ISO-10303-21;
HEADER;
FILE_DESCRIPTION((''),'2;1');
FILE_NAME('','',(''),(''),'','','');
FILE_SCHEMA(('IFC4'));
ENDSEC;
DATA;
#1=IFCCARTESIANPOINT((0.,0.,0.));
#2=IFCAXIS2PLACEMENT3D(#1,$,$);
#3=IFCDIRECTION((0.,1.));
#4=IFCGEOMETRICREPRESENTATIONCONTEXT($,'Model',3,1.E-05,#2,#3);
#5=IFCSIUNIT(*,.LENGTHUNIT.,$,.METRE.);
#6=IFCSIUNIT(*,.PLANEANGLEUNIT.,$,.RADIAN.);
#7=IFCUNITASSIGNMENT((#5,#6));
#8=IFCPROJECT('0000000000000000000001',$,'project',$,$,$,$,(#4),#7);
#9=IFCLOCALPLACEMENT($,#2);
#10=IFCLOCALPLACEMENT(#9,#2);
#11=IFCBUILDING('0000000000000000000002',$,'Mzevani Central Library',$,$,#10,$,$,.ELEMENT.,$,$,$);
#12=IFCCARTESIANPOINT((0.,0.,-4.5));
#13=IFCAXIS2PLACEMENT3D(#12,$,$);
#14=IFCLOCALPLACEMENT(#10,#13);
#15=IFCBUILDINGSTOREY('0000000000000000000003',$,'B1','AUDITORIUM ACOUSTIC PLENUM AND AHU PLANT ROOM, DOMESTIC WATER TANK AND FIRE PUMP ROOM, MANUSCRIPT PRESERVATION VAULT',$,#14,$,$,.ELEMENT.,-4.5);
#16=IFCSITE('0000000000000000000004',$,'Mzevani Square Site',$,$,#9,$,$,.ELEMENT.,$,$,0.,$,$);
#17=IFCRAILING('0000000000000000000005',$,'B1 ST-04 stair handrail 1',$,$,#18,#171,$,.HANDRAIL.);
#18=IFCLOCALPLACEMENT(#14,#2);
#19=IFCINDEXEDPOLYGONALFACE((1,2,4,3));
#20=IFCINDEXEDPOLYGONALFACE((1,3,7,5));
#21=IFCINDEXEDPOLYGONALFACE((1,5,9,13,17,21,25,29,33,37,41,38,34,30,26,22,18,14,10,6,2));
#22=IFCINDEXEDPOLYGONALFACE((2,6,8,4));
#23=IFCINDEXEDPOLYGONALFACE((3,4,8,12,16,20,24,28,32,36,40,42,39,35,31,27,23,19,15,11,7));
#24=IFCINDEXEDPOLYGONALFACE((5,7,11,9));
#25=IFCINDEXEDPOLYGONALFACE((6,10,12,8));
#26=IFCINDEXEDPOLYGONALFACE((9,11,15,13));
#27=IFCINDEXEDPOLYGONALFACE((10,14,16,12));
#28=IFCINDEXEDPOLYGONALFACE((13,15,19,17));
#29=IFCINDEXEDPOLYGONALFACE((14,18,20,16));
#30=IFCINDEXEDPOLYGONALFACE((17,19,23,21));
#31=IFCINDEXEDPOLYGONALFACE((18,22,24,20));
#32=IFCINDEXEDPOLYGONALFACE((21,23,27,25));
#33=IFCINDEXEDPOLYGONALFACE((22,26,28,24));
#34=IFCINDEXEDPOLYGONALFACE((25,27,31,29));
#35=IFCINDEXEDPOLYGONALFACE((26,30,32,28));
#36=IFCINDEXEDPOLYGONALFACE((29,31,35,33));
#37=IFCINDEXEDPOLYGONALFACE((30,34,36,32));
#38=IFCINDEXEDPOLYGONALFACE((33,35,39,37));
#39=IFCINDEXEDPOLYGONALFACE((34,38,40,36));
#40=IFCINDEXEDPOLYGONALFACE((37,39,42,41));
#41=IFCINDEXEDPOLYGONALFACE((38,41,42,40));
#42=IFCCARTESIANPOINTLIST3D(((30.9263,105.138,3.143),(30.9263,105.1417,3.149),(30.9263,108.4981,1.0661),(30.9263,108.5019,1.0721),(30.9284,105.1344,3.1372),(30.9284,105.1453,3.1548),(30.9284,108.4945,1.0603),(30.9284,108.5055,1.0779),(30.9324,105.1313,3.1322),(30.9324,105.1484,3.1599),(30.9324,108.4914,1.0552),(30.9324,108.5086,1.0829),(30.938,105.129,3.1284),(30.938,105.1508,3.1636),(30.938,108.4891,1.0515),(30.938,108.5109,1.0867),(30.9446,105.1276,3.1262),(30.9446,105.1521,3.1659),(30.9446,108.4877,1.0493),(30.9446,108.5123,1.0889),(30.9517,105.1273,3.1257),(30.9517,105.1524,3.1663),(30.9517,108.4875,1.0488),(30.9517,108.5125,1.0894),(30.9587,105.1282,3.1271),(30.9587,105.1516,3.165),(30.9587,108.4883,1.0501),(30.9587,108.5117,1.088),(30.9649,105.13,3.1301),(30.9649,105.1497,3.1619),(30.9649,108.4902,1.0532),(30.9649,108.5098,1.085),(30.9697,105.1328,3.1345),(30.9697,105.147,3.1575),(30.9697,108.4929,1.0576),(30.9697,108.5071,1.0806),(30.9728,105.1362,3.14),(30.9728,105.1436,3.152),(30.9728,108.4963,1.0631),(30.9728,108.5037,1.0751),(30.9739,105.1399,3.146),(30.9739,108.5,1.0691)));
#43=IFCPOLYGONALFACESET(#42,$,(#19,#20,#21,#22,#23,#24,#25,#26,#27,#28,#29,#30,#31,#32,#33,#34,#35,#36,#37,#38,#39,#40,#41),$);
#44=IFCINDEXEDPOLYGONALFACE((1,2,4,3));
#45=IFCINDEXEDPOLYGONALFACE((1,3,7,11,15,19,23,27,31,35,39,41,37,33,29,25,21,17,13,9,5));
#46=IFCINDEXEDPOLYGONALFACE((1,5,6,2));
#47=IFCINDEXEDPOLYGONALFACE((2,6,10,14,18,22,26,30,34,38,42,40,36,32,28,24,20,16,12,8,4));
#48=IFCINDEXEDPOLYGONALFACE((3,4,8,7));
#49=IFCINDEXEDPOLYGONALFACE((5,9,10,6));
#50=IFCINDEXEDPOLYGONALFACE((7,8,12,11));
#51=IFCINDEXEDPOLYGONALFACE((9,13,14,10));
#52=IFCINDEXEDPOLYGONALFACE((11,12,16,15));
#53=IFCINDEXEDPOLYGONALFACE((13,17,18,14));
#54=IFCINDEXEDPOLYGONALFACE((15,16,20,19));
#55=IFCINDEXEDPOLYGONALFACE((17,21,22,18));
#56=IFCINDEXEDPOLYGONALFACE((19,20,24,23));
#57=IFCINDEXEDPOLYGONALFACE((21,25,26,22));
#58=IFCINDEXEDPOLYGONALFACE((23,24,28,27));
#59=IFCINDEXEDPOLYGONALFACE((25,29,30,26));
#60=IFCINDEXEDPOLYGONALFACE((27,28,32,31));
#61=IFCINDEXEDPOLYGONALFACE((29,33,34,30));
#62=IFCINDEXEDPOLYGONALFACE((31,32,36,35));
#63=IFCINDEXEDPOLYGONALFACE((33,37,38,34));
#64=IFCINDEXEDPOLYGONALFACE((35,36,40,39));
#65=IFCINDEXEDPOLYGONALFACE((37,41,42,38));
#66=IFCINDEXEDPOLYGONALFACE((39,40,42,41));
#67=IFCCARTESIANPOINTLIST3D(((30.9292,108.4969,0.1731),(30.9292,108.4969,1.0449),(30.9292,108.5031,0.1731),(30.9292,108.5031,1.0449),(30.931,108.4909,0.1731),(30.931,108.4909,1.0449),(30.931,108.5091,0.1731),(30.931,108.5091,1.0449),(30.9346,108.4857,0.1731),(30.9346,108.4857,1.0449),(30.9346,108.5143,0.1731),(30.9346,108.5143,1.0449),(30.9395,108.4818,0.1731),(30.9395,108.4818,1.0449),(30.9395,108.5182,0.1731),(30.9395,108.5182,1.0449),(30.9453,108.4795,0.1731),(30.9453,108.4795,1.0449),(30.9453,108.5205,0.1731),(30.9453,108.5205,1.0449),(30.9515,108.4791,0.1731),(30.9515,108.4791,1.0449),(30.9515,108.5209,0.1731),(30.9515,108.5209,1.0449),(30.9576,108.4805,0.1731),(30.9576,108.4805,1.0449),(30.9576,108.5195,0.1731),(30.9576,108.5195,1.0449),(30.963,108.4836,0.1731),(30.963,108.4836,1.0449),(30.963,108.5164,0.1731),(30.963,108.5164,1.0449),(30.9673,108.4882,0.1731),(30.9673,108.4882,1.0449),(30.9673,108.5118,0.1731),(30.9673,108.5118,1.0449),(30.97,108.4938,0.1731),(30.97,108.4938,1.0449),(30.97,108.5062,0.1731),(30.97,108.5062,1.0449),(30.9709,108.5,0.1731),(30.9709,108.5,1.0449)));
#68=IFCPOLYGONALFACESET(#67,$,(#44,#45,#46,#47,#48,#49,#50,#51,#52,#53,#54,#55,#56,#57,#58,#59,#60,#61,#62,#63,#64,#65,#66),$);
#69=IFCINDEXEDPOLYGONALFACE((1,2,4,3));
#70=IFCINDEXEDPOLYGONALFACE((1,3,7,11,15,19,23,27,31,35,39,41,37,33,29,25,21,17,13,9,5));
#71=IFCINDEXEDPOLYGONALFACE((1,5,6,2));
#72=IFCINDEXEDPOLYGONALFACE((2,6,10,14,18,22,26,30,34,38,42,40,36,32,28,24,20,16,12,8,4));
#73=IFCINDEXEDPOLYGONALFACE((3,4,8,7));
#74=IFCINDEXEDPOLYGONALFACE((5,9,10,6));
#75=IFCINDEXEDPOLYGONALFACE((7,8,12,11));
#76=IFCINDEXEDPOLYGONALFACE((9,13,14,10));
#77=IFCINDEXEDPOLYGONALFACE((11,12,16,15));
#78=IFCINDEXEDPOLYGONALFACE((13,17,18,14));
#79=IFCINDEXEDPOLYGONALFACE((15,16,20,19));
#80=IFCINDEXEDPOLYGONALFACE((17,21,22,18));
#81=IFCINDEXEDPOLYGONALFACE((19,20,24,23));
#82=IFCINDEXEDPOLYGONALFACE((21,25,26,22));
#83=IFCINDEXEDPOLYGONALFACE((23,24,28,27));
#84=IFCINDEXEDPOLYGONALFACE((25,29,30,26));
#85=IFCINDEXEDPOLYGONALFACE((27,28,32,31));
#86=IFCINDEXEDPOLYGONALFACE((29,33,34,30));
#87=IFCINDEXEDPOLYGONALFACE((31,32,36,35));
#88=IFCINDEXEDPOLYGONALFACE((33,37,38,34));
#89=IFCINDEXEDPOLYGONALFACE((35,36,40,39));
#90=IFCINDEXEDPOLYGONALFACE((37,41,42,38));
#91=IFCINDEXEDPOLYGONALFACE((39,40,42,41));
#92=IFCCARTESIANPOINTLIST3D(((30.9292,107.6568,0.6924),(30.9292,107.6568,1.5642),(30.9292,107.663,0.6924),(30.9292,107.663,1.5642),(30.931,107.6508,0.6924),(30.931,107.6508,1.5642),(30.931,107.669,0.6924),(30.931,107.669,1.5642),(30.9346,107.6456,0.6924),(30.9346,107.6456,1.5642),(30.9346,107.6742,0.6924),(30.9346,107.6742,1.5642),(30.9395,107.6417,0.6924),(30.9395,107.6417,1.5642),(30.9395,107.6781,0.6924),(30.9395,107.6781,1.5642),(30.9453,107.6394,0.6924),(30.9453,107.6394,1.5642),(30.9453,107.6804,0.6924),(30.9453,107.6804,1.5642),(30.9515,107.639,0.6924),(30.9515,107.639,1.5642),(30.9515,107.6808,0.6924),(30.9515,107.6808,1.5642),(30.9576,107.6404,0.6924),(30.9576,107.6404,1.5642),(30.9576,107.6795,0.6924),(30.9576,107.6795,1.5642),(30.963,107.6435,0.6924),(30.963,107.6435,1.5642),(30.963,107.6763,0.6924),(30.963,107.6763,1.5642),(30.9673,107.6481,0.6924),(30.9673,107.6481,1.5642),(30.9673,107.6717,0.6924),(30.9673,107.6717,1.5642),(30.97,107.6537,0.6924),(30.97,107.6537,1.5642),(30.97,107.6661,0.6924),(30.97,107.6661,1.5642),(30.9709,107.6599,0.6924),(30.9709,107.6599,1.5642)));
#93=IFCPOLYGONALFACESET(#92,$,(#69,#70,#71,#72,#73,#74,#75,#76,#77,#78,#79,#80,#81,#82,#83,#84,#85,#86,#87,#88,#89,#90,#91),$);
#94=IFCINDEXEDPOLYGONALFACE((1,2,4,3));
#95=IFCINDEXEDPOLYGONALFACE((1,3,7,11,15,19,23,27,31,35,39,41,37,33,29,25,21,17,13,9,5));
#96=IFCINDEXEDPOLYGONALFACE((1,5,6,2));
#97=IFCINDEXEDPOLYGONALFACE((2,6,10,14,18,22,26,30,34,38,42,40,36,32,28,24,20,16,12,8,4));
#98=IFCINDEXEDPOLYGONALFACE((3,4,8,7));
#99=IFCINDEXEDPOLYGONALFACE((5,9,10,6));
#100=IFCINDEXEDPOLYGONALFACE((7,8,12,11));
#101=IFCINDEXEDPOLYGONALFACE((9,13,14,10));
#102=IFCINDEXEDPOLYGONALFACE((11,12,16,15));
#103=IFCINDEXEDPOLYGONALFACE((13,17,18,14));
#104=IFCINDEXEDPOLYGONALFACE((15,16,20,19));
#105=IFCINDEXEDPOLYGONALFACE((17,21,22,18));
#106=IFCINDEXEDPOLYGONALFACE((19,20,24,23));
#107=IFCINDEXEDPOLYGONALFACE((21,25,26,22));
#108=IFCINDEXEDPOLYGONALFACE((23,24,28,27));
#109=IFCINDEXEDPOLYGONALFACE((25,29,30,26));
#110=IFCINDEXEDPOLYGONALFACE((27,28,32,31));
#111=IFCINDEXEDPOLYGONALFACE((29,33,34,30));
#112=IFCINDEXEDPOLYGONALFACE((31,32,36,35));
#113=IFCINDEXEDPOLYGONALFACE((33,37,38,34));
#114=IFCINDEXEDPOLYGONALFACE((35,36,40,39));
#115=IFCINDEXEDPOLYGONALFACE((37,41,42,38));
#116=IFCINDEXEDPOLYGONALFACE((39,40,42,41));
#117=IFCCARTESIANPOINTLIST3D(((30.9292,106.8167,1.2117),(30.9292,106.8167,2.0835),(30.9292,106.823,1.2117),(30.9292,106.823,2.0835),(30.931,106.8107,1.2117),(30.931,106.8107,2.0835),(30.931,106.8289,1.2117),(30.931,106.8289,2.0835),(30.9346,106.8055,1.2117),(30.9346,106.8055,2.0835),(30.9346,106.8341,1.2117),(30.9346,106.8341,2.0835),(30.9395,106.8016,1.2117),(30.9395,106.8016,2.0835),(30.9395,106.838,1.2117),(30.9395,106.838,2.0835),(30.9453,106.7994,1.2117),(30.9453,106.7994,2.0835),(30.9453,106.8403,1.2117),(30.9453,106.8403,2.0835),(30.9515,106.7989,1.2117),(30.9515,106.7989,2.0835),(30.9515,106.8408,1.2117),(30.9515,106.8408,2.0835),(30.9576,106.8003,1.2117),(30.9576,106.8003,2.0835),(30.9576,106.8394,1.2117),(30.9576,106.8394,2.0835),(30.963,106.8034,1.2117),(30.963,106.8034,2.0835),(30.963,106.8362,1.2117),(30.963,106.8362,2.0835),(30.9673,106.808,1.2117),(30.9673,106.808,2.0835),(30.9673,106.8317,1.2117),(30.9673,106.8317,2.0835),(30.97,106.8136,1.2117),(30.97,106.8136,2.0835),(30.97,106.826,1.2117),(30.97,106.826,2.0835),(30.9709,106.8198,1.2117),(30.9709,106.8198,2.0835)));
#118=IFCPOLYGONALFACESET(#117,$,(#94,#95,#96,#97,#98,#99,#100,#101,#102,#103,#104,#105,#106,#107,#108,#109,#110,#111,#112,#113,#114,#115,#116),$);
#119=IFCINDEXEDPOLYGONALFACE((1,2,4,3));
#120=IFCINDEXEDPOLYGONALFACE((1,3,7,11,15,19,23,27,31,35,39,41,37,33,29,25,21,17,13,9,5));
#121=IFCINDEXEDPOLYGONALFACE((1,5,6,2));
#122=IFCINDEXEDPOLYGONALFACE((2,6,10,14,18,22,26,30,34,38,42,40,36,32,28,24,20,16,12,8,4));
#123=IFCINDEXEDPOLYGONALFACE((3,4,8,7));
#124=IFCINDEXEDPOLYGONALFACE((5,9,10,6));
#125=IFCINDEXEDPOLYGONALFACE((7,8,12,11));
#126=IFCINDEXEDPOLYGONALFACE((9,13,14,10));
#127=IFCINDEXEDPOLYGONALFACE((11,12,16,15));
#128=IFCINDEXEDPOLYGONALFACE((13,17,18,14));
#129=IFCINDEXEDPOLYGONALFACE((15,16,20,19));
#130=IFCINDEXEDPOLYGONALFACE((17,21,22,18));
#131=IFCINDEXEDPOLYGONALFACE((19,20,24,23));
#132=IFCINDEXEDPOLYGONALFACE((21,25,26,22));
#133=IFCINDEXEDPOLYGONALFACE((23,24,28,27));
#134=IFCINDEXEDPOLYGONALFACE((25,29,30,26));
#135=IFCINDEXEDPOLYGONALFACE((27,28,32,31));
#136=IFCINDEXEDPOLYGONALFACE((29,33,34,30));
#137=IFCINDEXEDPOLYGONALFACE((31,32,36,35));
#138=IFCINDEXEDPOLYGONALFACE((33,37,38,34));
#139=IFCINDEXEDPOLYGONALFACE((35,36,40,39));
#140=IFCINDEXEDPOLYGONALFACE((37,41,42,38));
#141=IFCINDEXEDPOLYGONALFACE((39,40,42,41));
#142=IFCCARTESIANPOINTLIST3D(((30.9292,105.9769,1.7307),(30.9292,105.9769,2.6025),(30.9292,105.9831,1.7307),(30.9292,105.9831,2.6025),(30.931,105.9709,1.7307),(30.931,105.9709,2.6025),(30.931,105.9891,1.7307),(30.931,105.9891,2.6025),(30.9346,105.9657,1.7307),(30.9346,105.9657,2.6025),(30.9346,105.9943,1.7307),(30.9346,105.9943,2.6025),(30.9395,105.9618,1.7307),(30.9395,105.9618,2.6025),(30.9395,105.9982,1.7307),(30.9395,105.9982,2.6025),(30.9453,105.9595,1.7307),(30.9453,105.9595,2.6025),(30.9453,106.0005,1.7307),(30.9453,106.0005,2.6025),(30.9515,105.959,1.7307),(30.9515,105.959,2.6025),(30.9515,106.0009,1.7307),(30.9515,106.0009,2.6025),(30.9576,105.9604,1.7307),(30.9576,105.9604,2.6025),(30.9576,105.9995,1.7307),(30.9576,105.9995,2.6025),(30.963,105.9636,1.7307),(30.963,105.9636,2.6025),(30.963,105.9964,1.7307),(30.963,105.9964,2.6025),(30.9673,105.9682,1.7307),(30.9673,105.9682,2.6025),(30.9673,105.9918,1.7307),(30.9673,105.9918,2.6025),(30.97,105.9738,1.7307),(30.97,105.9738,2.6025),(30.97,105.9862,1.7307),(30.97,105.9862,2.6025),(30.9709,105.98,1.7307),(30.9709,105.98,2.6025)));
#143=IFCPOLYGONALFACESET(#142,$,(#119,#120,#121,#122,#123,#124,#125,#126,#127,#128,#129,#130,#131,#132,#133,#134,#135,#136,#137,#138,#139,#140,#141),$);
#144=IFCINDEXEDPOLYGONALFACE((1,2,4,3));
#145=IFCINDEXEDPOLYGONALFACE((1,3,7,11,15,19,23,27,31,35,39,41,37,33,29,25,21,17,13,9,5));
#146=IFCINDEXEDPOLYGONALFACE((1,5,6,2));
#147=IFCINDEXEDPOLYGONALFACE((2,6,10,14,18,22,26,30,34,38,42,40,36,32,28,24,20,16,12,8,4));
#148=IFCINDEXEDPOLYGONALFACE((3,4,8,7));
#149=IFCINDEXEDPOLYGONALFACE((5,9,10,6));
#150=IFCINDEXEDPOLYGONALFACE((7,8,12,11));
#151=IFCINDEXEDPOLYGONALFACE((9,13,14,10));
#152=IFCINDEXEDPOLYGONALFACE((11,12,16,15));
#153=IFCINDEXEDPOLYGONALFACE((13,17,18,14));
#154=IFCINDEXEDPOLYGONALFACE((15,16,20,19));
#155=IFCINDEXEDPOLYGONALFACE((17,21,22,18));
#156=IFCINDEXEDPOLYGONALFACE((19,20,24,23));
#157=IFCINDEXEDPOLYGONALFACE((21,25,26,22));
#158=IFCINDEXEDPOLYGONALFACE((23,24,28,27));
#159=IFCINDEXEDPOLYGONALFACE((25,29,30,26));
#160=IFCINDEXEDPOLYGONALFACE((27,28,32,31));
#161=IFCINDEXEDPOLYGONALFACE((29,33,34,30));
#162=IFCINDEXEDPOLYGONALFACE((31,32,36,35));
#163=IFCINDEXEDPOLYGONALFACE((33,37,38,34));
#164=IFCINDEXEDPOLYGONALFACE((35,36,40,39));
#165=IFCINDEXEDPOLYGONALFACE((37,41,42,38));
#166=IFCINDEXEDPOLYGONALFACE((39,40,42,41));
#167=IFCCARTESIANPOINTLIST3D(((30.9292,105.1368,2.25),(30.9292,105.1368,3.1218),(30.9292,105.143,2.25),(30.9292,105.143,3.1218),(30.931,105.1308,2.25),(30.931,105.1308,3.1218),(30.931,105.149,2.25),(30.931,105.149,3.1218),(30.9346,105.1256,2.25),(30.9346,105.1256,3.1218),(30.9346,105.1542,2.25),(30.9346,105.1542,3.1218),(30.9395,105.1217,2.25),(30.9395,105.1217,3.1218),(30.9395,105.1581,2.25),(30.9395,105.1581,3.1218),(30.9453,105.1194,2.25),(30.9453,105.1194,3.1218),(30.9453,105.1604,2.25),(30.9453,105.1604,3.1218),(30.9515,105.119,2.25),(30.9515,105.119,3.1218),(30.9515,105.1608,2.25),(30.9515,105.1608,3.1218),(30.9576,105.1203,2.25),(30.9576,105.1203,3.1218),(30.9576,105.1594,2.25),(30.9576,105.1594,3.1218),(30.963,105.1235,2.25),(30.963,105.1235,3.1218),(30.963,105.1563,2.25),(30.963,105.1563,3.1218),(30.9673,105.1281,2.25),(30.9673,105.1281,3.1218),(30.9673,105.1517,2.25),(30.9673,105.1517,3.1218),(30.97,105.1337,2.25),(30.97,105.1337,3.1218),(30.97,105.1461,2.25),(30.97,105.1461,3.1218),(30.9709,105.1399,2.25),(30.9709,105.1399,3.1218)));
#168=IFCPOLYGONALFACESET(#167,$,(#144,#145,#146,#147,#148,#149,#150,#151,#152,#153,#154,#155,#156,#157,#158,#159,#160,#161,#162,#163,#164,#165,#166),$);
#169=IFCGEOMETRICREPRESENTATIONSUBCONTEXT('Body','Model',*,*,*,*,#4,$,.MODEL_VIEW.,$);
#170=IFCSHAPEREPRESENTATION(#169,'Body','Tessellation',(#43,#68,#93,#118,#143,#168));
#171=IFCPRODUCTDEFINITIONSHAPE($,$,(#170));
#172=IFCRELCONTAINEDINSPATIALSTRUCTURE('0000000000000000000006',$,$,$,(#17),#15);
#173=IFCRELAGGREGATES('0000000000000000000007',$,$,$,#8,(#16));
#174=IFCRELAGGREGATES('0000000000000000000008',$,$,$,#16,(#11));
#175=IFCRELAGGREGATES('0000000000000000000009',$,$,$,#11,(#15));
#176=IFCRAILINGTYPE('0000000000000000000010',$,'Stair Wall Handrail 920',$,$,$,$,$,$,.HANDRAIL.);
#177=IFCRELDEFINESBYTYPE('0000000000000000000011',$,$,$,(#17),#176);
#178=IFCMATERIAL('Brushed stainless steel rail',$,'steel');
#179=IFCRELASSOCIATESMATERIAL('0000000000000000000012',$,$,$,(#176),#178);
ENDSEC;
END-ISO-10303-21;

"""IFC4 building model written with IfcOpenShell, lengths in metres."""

from ifc_helpers import new_model, si_unit, direction, frame, origin, origin_2d, place, context, subcontext, project, spatial, circle, extrude, material, type_object, element, save


model = new_model("IFC4")

# Units and contexts
model_context = context("Model", 3, precision=1e-05, world=origin(), true_north=direction((0.0, 1.0)))
body_context = subcontext(model_context, "Body", "Model", "MODEL_VIEW")
ifc_project = project(units=[si_unit("LENGTHUNIT", "METRE"), si_unit("PLANEANGLEUNIT", "RADIAN")], contexts=[model_context])

# Site, building, storey
site_placement = place(None, origin())
site = spatial("IfcSite", under=ifc_project, at=site_placement, Name="Mzevani Square Site", CompositionType="ELEMENT", RefElevation=0.0)
building_placement = place(site_placement, origin())
building = spatial("IfcBuilding", under=site, at=building_placement, Name="Mzevani Central Library", CompositionType="ELEMENT")
storey_placement = place(building_placement, frame((0.0, 0.0, -4.5)))
storey = spatial("IfcBuildingStorey", under=building, at=storey_placement, Name="B1", Description="AUDITORIUM ACOUSTIC PLENUM AND AHU PLANT ROOM, DOMESTIC WATER TANK AND FIRE PUMP ROOM, MANUSCRIPT PRESERVATION VAULT", CompositionType="ELEMENT", Elevation=-4.5)

# Railing
ifc_material_1 = material(Name="Brushed stainless steel rail", Category="steel")
railing_type_1 = type_object("IfcRailingType", Name="Stair Wall Handrail 920", PredefinedType="HANDRAIL", material=ifc_material_1)
railing_1_placement = place(storey_placement, frame((30.95, 108.5, 0.1731)))
element("IfcRailing", 1, at=railing_1_placement, inside=storey, type_object=railing_type_1, Name="B1 ST-04 stair handrail 1", PredefinedType="HANDRAIL", context=body_context, shape_type="SweptSolid", body=[
    extrude(circle(Radius=0.0239, at=origin_2d()), frame((0.0, 0.0, 0.896), z_axis=(0.0, -0.850623, 0.525776), x_axis=(1.0, 0.0, 0.0)), (0.0, 0.0, 1.0), 3.9502),
    extrude(circle(Radius=0.021, at=origin_2d()), origin(), (0.0, 0.0, 1.0), 0.8718),
    extrude(circle(Radius=0.021, at=origin_2d()), frame((0.0, -0.8401, 0.5193)), (0.0, 0.0, 1.0), 0.8718),
    extrude(circle(Radius=0.021, at=origin_2d()), frame((0.0, -1.6802, 1.0386)), (0.0, 0.0, 1.0), 0.8718),
    extrude(circle(Radius=0.021, at=origin_2d()), frame((0.0, -2.52, 1.5576)), (0.0, 0.0, 1.0), 0.8718),
    extrude(circle(Radius=0.021, at=origin_2d()), frame((0.0, -3.3601, 2.0769)), (0.0, 0.0, 1.0), 0.8718),
])

save(model, "model.ifc")
